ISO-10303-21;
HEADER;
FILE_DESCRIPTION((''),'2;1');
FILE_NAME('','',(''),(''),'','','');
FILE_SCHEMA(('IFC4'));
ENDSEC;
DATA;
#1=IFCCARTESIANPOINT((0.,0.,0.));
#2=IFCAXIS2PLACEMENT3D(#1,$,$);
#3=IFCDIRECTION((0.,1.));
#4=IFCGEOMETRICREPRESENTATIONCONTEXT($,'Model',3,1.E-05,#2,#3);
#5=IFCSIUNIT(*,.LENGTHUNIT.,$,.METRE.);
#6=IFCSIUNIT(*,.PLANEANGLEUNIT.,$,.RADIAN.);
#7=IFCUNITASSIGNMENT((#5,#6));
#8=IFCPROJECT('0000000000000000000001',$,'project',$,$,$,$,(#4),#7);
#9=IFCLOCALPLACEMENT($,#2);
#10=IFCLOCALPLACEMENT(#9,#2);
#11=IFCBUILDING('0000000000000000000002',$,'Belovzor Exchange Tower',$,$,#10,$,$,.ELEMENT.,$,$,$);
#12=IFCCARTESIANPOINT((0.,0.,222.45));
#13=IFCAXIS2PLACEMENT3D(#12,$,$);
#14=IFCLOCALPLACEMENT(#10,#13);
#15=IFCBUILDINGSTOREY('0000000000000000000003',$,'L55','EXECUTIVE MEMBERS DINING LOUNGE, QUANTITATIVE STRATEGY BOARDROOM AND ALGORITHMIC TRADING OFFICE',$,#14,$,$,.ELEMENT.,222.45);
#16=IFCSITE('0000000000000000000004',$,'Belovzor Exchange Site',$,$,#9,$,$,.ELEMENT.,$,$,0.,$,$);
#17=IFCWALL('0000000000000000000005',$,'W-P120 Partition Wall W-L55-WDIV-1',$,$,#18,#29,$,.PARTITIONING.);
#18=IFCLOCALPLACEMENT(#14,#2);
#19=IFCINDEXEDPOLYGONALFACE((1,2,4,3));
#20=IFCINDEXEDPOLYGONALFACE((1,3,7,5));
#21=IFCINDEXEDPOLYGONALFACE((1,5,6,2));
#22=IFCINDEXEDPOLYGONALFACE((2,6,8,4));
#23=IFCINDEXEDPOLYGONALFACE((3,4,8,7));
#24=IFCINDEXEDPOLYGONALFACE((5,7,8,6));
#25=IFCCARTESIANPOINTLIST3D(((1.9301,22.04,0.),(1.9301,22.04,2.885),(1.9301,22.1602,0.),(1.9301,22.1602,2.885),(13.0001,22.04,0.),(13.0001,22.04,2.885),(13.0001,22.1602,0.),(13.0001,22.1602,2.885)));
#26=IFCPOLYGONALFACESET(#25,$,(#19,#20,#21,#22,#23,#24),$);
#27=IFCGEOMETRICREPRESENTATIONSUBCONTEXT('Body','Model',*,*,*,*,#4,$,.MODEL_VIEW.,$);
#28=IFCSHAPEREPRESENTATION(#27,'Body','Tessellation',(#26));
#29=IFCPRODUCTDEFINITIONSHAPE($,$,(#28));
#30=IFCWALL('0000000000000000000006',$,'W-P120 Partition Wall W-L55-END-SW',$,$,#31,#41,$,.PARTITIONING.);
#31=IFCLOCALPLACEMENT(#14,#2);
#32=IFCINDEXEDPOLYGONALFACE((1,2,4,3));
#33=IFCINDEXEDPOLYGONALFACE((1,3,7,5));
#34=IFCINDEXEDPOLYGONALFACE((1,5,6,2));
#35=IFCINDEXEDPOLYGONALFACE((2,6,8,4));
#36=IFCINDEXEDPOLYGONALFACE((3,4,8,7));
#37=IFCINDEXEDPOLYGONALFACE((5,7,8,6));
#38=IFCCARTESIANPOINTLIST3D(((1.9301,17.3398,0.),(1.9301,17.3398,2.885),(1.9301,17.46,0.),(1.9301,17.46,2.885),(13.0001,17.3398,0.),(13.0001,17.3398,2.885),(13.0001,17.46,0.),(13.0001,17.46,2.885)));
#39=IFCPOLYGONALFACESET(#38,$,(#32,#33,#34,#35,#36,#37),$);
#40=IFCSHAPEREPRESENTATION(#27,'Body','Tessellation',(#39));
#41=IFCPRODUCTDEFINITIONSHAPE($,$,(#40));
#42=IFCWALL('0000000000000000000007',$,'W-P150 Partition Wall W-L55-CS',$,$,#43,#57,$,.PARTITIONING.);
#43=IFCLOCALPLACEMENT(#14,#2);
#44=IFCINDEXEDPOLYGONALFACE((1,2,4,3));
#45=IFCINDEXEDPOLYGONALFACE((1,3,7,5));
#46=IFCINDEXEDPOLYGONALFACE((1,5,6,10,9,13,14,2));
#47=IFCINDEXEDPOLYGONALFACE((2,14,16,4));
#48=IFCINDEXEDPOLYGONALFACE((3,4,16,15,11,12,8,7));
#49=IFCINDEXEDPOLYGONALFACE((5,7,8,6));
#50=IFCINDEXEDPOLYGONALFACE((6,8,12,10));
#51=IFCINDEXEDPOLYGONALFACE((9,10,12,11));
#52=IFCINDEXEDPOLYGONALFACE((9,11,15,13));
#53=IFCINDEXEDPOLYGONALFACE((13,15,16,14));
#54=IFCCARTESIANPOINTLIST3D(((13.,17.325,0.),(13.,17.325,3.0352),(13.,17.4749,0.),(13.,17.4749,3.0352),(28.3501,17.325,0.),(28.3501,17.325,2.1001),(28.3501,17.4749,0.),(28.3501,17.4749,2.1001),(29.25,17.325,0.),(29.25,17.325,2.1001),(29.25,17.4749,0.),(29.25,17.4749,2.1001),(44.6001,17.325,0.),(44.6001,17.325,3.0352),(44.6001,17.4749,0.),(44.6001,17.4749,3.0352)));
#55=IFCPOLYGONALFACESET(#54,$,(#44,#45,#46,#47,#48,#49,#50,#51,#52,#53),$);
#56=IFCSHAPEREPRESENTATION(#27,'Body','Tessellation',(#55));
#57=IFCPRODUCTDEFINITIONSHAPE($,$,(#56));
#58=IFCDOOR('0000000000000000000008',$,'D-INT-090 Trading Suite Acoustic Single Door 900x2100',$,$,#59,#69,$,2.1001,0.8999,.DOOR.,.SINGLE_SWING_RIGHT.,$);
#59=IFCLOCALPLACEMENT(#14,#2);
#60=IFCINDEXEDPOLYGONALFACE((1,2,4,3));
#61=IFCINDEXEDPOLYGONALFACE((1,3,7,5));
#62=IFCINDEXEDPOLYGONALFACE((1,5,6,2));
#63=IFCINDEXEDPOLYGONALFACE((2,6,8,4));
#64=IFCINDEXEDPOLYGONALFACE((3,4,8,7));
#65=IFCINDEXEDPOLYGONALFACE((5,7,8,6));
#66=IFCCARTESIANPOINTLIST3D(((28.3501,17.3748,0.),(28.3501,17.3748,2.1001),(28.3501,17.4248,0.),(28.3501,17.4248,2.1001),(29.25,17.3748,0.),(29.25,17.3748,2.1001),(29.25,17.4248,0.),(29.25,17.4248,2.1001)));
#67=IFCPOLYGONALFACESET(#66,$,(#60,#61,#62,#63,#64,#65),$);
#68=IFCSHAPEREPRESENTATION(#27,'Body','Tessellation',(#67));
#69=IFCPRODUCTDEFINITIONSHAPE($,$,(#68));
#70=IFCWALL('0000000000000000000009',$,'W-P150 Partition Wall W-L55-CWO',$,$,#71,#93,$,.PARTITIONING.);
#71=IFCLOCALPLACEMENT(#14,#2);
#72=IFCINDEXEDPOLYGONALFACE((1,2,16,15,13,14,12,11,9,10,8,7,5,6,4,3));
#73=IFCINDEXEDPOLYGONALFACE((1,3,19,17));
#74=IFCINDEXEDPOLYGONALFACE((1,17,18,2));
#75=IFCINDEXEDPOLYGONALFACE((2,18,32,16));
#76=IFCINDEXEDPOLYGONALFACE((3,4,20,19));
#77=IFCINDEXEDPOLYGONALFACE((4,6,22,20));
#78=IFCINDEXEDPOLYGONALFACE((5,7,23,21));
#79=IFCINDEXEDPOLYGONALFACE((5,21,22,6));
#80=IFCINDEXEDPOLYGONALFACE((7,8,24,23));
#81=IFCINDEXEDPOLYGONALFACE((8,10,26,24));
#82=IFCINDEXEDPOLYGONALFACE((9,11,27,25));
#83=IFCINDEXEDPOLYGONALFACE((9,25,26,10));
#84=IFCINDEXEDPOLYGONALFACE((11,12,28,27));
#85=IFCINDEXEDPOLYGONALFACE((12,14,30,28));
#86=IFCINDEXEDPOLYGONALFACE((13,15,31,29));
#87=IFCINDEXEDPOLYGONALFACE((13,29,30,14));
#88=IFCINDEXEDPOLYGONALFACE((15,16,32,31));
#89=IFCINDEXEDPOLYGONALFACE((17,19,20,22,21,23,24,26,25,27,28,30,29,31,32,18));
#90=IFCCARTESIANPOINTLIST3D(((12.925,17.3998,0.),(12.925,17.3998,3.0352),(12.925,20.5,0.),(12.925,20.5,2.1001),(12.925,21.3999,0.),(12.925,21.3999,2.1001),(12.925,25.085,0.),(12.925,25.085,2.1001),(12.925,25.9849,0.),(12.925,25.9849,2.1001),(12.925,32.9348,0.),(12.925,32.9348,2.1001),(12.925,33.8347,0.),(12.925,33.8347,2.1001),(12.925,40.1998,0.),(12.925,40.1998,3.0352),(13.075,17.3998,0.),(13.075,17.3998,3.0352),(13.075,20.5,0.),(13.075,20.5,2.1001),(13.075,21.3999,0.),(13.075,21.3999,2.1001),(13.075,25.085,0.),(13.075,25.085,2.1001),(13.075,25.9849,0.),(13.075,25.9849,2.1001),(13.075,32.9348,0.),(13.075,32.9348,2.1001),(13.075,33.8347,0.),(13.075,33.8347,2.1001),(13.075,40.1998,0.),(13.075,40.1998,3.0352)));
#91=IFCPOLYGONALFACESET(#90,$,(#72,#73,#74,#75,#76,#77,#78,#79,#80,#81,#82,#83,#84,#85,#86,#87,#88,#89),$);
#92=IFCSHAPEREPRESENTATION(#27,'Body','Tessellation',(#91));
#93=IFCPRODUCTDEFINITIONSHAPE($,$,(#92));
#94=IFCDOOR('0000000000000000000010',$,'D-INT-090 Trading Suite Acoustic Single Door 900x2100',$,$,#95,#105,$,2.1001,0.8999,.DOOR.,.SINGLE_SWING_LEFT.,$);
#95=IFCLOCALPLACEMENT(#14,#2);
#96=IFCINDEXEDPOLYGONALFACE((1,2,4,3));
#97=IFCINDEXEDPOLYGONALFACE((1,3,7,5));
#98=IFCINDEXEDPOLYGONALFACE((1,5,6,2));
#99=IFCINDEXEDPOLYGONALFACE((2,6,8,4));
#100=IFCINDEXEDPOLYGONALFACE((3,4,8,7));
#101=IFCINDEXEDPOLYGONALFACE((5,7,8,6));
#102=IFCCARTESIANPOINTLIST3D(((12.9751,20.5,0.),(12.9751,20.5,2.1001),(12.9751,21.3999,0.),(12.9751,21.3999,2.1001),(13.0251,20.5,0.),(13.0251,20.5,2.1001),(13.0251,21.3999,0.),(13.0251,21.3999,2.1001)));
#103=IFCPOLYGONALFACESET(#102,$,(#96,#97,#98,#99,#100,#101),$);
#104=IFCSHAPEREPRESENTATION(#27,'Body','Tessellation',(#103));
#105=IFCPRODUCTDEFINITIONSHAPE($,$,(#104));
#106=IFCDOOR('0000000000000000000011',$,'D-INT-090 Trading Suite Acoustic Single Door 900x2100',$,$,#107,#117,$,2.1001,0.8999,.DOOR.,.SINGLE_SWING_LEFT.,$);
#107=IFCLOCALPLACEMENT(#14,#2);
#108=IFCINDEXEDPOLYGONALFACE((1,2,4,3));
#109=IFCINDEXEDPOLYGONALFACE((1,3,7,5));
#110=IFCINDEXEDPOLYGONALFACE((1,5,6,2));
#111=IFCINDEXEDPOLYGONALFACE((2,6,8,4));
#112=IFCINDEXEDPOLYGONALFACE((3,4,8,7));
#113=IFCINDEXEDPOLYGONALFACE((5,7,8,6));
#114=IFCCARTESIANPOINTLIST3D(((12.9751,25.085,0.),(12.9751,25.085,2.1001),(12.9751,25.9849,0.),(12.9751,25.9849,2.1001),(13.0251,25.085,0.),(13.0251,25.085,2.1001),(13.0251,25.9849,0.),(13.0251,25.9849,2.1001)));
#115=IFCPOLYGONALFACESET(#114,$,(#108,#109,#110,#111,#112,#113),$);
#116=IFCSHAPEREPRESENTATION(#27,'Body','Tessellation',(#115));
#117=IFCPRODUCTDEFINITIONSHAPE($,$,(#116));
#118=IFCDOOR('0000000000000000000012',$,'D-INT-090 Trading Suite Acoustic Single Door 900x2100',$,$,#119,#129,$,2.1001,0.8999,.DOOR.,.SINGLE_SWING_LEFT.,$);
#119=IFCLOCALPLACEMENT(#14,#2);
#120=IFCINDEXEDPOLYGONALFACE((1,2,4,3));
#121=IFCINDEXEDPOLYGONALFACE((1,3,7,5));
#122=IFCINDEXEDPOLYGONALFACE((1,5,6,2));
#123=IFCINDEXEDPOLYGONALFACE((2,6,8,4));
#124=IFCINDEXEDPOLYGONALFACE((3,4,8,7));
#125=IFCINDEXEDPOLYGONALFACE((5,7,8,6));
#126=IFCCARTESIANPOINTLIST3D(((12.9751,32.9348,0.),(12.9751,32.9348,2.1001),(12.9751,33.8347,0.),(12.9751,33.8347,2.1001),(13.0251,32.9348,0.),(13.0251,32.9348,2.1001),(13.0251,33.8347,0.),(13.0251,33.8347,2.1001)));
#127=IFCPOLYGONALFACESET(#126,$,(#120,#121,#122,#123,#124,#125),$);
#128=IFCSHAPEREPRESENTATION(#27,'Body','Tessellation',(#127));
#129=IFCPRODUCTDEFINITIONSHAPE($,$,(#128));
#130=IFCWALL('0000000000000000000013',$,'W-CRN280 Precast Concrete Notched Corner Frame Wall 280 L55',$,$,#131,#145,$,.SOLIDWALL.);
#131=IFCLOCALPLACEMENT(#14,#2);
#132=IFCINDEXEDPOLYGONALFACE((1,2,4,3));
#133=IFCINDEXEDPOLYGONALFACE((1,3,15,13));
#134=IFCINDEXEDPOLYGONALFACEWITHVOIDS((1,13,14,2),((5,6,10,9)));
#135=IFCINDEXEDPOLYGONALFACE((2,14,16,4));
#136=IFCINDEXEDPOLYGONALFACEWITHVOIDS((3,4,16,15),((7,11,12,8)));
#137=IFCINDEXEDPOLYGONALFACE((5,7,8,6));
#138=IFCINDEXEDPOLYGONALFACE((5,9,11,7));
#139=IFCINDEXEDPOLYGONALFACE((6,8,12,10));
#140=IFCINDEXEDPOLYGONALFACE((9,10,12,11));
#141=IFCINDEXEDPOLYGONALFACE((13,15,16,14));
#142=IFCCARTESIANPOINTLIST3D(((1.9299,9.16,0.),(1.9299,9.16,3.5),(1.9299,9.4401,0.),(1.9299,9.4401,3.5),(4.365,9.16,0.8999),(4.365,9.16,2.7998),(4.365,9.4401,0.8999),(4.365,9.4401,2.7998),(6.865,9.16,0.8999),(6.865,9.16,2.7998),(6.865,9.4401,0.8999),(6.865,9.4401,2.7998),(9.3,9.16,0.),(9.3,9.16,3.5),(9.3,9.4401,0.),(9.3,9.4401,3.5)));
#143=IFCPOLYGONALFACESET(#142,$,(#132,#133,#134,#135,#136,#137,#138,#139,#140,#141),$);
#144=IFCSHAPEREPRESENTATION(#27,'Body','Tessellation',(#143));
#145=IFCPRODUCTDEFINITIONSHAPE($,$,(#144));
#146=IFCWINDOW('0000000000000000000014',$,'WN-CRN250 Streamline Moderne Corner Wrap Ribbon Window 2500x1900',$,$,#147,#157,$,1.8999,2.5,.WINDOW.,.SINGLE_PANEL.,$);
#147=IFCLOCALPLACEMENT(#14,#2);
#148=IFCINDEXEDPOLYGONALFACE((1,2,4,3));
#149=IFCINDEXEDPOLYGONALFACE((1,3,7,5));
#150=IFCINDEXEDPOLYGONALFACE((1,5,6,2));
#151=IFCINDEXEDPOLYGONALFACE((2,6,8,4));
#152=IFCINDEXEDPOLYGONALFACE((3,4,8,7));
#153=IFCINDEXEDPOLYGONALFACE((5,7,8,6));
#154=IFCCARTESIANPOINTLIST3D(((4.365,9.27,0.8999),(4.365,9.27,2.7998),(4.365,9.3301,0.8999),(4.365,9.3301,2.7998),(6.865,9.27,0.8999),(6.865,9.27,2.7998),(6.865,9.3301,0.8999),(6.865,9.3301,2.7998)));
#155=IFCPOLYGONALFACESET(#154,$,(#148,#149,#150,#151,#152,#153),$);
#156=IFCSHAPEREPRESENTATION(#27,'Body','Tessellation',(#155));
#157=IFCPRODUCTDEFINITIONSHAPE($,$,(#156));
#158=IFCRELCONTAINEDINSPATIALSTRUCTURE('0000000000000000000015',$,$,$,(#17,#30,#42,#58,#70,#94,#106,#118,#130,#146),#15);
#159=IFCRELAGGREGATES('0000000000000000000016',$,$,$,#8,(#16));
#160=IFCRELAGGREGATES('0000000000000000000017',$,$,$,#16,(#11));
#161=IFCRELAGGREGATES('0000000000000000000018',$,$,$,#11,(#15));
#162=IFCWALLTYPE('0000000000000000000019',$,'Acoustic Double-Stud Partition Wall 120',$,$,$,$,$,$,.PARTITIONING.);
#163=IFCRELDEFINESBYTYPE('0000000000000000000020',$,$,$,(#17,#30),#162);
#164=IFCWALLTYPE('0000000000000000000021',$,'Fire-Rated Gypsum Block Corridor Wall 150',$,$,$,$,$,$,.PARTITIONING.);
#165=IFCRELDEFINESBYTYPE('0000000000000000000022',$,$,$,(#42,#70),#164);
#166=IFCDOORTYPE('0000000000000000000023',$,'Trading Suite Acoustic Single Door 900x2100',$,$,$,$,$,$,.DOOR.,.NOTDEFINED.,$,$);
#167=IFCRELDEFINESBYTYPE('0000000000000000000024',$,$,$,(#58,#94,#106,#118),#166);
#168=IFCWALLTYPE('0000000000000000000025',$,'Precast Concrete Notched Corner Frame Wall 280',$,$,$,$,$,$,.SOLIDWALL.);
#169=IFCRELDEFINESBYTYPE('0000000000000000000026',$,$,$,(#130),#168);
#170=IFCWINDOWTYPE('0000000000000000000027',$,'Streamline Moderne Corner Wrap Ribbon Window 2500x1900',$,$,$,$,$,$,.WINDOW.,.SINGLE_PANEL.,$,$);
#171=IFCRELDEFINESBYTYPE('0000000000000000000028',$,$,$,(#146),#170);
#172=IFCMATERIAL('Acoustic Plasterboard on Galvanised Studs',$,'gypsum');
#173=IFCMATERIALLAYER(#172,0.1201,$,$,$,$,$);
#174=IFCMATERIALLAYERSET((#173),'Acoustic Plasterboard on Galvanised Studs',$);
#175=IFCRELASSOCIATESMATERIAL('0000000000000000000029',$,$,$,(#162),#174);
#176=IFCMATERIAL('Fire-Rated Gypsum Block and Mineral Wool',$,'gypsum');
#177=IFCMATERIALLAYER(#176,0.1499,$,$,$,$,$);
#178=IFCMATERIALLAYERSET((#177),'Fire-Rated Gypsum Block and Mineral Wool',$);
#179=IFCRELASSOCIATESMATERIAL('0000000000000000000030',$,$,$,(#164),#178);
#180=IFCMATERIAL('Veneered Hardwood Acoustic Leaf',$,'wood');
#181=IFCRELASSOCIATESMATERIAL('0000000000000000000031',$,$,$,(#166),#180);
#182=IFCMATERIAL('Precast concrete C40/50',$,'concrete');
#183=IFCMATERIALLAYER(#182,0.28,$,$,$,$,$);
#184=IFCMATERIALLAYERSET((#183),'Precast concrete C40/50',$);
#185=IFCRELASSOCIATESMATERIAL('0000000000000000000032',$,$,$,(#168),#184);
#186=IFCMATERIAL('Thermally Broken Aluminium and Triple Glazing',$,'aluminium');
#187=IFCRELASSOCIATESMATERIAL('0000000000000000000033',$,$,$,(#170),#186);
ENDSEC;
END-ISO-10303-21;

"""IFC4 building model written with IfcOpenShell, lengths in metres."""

from ifc_helpers import new_model, si_unit, direction, frame, frame_2d, origin, place, context, subcontext, project, spatial, rectangle, extrude, material, layer, layer_set, type_object, element, fill, save


model = new_model("IFC4")

# Units and contexts
model_context = context("Model", 3, precision=1e-05, world=origin(), true_north=direction((0.0, 1.0)))
body_context = subcontext(model_context, "Body", "Model", "MODEL_VIEW")
ifc_project = project(units=[si_unit("LENGTHUNIT", "METRE"), si_unit("PLANEANGLEUNIT", "RADIAN")], contexts=[model_context])

# Site, building, storey
site_placement = place(None, origin())
site = spatial("IfcSite", under=ifc_project, at=site_placement, Name="Belovzor Exchange Site", CompositionType="ELEMENT", RefElevation=0.0)
building_placement = place(site_placement, origin())
building = spatial("IfcBuilding", under=site, at=building_placement, Name="Belovzor Exchange Tower", CompositionType="ELEMENT")
storey_placement = place(building_placement, frame((0.0, 0.0, 222.45)))
storey = spatial("IfcBuildingStorey", under=building, at=storey_placement, Name="L55", Description="EXECUTIVE MEMBERS DINING LOUNGE, QUANTITATIVE STRATEGY BOARDROOM AND ALGORITHMIC TRADING OFFICE", CompositionType="ELEMENT", Elevation=222.45)

# Walls
ifc_material_1 = material(Name="Acoustic Plasterboard on Galvanised Studs", Category="gypsum")
ifc_layer_1 = layer(ifc_material_1, 0.1201)
ifc_layer_set_1 = layer_set([ifc_layer_1], Name="Acoustic Plasterboard on Galvanised Studs")
wall_type_1 = type_object("IfcWallType", Name="Acoustic Double-Stud Partition Wall 120", PredefinedType="PARTITIONING", material=ifc_layer_set_1)
for number, where, z_axis, x_axis, name in (
    (1, (1.9299, 22.1001, 0.0), (0.0, 0.0, 1.0), (1.0, 0.0, 0.0), "W-P120 Partition Wall W-L55-WDIV-1"),
    (2, (1.9299, 17.3999, 0.0), (0.0, 0.0, 1.0), (1.0, 0.0, 0.0), "W-P120 Partition Wall W-L55-END-SW"),
):
    element("IfcWall", number, at=place(storey_placement, frame(where, z_axis=z_axis, x_axis=x_axis)), inside=storey, type_object=wall_type_1, Name=name, PredefinedType="PARTITIONING", context=body_context, shape_type="SweptSolid", body=[
        extrude(rectangle(XDim=11.0701, YDim=0.1201, at=frame_2d((5.5352, 0.0))), origin(), (0.0, 0.0, 1.0), 2.885),
    ])

# Wall, opening, door
ifc_material_2 = material(Name="Fire-Rated Gypsum Block and Mineral Wool", Category="gypsum")
ifc_layer_2 = layer(ifc_material_2, 0.1499)
ifc_layer_set_2 = layer_set([ifc_layer_2], Name="Fire-Rated Gypsum Block and Mineral Wool")
wall_type_2 = type_object("IfcWallType", Name="Fire-Rated Gypsum Block Corridor Wall 150", PredefinedType="PARTITIONING", material=ifc_layer_set_2)
wall_1_placement = place(storey_placement, frame((13.0, 17.3999, 0.0), z_axis=(0.0, 0.0, 1.0), x_axis=(1.0, 0.0, 0.0)))
wall_1 = element("IfcWall", 3, at=wall_1_placement, inside=storey, type_object=wall_type_2, Name="W-P150 Partition Wall W-L55-CS", PredefinedType="PARTITIONING", context=body_context, shape_type="SweptSolid", body=[
    extrude(rectangle(XDim=31.6001, YDim=0.1499, at=frame_2d((15.8, 0.0))), origin(), (0.0, 0.0, 1.0), 3.0352),
])
opening_1_placement = place(wall_1_placement, frame((15.3501, 0.0, 0.0)))
opening_1 = element("IfcOpeningElement", 4, at=opening_1_placement, cuts=wall_1, PredefinedType="OPENING", context=body_context, shape_type="SweptSolid", body=[
    extrude(rectangle(XDim=0.8999, YDim=2.1001, at=frame_2d((0.45, 1.05))), frame((0.0, 0.085, 0.0), z_axis=(0.0, -1.0, 0.0), x_axis=(1.0, 0.0, 0.0)), (0.0, 0.0, 1.0), 0.1699),
])
ifc_material_3 = material(Name="Veneered Hardwood Acoustic Leaf", Category="wood")
door_type_1 = type_object("IfcDoorType", Name="Trading Suite Acoustic Single Door 900x2100", OperationType="NOTDEFINED", PredefinedType="DOOR", material=ifc_material_3)
door_1_placement = place(opening_1_placement, origin())
door_1 = element("IfcDoor", 5, at=door_1_placement, inside=storey, type_object=door_type_1, Name="D-INT-090 Trading Suite Acoustic Single Door 900x2100", OperationType="SINGLE_SWING_RIGHT", OverallHeight=2.1001, OverallWidth=0.8999, PredefinedType="DOOR", context=body_context, shape_type="SweptSolid", body=[
    extrude(rectangle(XDim=0.8999, YDim=2.1001, at=frame_2d((0.45, 1.05))), frame((0.0, 0.0249, 0.0), z_axis=(0.0, -1.0, 0.0), x_axis=(1.0, 0.0, 0.0)), (0.0, 0.0, 1.0), 0.05),
])
fill(opening_1, door_1)

# Wall, openings, doors
wall_2_placement = place(storey_placement, frame((13.0, 17.3999, 0.0), z_axis=(0.0, 0.0, 1.0), x_axis=(0.0, 1.0, 0.0)))
wall_2 = element("IfcWall", 6, at=wall_2_placement, inside=storey, type_object=wall_type_2, Name="W-P150 Partition Wall W-L55-CWO", PredefinedType="PARTITIONING", context=body_context, shape_type="SweptSolid", body=[
    extrude(rectangle(XDim=22.8, YDim=0.1499, at=frame_2d((11.3999, 0.0))), origin(), (0.0, 0.0, 1.0), 3.0352),
])
opening_2_placement = place(wall_2_placement, frame((3.1001, 0.0, 0.0)))
opening_2 = element("IfcOpeningElement", 7, at=opening_2_placement, cuts=wall_2, PredefinedType="OPENING", context=body_context, shape_type="SweptSolid", body=[
    extrude(rectangle(XDim=0.8999, YDim=2.1001, at=frame_2d((0.45, 1.05))), frame((0.0, 0.085, 0.0), z_axis=(0.0, -1.0, 0.0), x_axis=(1.0, 0.0, 0.0)), (0.0, 0.0, 1.0), 0.1699),
])
opening_3_placement = place(wall_2_placement, frame((7.6851, 0.0, 0.0)))
opening_3 = element("IfcOpeningElement", 8, at=opening_3_placement, cuts=wall_2, PredefinedType="OPENING", context=body_context, shape_type="SweptSolid", body=[
    extrude(rectangle(XDim=0.8999, YDim=2.1001, at=frame_2d((0.45, 1.05))), frame((0.0, 0.085, 0.0), z_axis=(0.0, -1.0, 0.0), x_axis=(1.0, 0.0, 0.0)), (0.0, 0.0, 1.0), 0.1699),
])
opening_4_placement = place(wall_2_placement, frame((15.5349, 0.0, 0.0)))
opening_4 = element("IfcOpeningElement", 9, at=opening_4_placement, cuts=wall_2, PredefinedType="OPENING", context=body_context, shape_type="SweptSolid", body=[
    extrude(rectangle(XDim=0.8999, YDim=2.1001, at=frame_2d((0.45, 1.05))), frame((0.0, 0.085, 0.0), z_axis=(0.0, -1.0, 0.0), x_axis=(1.0, 0.0, 0.0)), (0.0, 0.0, 1.0), 0.1699),
])
door_2_placement = place(opening_2_placement, origin())
door_2 = element("IfcDoor", 10, at=door_2_placement, inside=storey, type_object=door_type_1, Name="D-INT-090 Trading Suite Acoustic Single Door 900x2100", OperationType="SINGLE_SWING_LEFT", OverallHeight=2.1001, OverallWidth=0.8999, PredefinedType="DOOR", context=body_context, shape_type="SweptSolid", body=[
    extrude(rectangle(XDim=0.8999, YDim=2.1001, at=frame_2d((0.45, 1.05))), frame((0.0, 0.0249, 0.0), z_axis=(0.0, -1.0, 0.0), x_axis=(1.0, 0.0, 0.0)), (0.0, 0.0, 1.0), 0.05),
])
fill(opening_2, door_2)
door_3_placement = place(opening_3_placement, origin())
door_3 = element("IfcDoor", 11, at=door_3_placement, inside=storey, type_object=door_type_1, Name="D-INT-090 Trading Suite Acoustic Single Door 900x2100", OperationType="SINGLE_SWING_LEFT", OverallHeight=2.1001, OverallWidth=0.8999, PredefinedType="DOOR", context=body_context, shape_type="SweptSolid", body=[
    extrude(rectangle(XDim=0.8999, YDim=2.1001, at=frame_2d((0.45, 1.05))), frame((0.0, 0.0249, 0.0), z_axis=(0.0, -1.0, 0.0), x_axis=(1.0, 0.0, 0.0)), (0.0, 0.0, 1.0), 0.05),
])
fill(opening_3, door_3)
door_4_placement = place(opening_4_placement, origin())
door_4 = element("IfcDoor", 12, at=door_4_placement, inside=storey, type_object=door_type_1, Name="D-INT-090 Trading Suite Acoustic Single Door 900x2100", OperationType="SINGLE_SWING_LEFT", OverallHeight=2.1001, OverallWidth=0.8999, PredefinedType="DOOR", context=body_context, shape_type="SweptSolid", body=[
    extrude(rectangle(XDim=0.8999, YDim=2.1001, at=frame_2d((0.45, 1.05))), frame((0.0, 0.0249, 0.0), z_axis=(0.0, -1.0, 0.0), x_axis=(1.0, 0.0, 0.0)), (0.0, 0.0, 1.0), 0.05),
])
fill(opening_4, door_4)

# Wall, opening, window
ifc_material_4 = material(Name="Precast concrete C40/50", Category="concrete")
ifc_layer_3 = layer(ifc_material_4, 0.28)
ifc_layer_set_3 = layer_set([ifc_layer_3], Name="Precast concrete C40/50")
wall_type_3 = type_object("IfcWallType", Name="Precast Concrete Notched Corner Frame Wall 280", PredefinedType="SOLIDWALL", material=ifc_layer_set_3)
wall_3_placement = place(storey_placement, frame((9.3, 9.3, 0.0), z_axis=(0.0, 0.0, 1.0), x_axis=(-1.0, 0.0, 0.0)))
wall_3 = element("IfcWall", 13, at=wall_3_placement, inside=storey, type_object=wall_type_3, Name="W-CRN280 Precast Concrete Notched Corner Frame Wall 280 L55", PredefinedType="SOLIDWALL", context=body_context, shape_type="SweptSolid", body=[
    extrude(rectangle(XDim=7.3701, YDim=0.28, at=frame_2d((3.6851, 0.0))), origin(), (0.0, 0.0, 1.0), 3.5),
])
opening_5_placement = place(wall_3_placement, frame((2.4351, 0.0, 0.8999)))
opening_5 = element("IfcOpeningElement", 14, at=opening_5_placement, cuts=wall_3, PredefinedType="OPENING", context=body_context, shape_type="SweptSolid", body=[
    extrude(rectangle(XDim=2.5, YDim=1.8999, at=frame_2d((1.25, 0.95))), frame((0.0, 0.1499, 0.0), z_axis=(0.0, -1.0, 0.0), x_axis=(1.0, 0.0, 0.0)), (0.0, 0.0, 1.0), 0.3),
])
ifc_material_5 = material(Name="Thermally Broken Aluminium and Triple Glazing", Category="aluminium")
window_type = type_object("IfcWindowType", Name="Streamline Moderne Corner Wrap Ribbon Window 2500x1900", PartitioningType="SINGLE_PANEL", PredefinedType="WINDOW", material=ifc_material_5)
window_placement = place(opening_5_placement, origin())
window = element("IfcWindow", 15, at=window_placement, inside=storey, type_object=window_type, Name="WN-CRN250 Streamline Moderne Corner Wrap Ribbon Window 2500x1900", OverallHeight=1.8999, OverallWidth=2.5, PartitioningType="SINGLE_PANEL", PredefinedType="WINDOW", context=body_context, shape_type="SweptSolid", body=[
    extrude(rectangle(XDim=2.5, YDim=1.8999, at=frame_2d((1.25, 0.95))), frame((0.0, 0.03, 0.0), z_axis=(0.0, -1.0, 0.0), x_axis=(1.0, 0.0, 0.0)), (0.0, 0.0, 1.0), 0.0601),
])
fill(opening_5, window)

save(model, "model.ifc")
